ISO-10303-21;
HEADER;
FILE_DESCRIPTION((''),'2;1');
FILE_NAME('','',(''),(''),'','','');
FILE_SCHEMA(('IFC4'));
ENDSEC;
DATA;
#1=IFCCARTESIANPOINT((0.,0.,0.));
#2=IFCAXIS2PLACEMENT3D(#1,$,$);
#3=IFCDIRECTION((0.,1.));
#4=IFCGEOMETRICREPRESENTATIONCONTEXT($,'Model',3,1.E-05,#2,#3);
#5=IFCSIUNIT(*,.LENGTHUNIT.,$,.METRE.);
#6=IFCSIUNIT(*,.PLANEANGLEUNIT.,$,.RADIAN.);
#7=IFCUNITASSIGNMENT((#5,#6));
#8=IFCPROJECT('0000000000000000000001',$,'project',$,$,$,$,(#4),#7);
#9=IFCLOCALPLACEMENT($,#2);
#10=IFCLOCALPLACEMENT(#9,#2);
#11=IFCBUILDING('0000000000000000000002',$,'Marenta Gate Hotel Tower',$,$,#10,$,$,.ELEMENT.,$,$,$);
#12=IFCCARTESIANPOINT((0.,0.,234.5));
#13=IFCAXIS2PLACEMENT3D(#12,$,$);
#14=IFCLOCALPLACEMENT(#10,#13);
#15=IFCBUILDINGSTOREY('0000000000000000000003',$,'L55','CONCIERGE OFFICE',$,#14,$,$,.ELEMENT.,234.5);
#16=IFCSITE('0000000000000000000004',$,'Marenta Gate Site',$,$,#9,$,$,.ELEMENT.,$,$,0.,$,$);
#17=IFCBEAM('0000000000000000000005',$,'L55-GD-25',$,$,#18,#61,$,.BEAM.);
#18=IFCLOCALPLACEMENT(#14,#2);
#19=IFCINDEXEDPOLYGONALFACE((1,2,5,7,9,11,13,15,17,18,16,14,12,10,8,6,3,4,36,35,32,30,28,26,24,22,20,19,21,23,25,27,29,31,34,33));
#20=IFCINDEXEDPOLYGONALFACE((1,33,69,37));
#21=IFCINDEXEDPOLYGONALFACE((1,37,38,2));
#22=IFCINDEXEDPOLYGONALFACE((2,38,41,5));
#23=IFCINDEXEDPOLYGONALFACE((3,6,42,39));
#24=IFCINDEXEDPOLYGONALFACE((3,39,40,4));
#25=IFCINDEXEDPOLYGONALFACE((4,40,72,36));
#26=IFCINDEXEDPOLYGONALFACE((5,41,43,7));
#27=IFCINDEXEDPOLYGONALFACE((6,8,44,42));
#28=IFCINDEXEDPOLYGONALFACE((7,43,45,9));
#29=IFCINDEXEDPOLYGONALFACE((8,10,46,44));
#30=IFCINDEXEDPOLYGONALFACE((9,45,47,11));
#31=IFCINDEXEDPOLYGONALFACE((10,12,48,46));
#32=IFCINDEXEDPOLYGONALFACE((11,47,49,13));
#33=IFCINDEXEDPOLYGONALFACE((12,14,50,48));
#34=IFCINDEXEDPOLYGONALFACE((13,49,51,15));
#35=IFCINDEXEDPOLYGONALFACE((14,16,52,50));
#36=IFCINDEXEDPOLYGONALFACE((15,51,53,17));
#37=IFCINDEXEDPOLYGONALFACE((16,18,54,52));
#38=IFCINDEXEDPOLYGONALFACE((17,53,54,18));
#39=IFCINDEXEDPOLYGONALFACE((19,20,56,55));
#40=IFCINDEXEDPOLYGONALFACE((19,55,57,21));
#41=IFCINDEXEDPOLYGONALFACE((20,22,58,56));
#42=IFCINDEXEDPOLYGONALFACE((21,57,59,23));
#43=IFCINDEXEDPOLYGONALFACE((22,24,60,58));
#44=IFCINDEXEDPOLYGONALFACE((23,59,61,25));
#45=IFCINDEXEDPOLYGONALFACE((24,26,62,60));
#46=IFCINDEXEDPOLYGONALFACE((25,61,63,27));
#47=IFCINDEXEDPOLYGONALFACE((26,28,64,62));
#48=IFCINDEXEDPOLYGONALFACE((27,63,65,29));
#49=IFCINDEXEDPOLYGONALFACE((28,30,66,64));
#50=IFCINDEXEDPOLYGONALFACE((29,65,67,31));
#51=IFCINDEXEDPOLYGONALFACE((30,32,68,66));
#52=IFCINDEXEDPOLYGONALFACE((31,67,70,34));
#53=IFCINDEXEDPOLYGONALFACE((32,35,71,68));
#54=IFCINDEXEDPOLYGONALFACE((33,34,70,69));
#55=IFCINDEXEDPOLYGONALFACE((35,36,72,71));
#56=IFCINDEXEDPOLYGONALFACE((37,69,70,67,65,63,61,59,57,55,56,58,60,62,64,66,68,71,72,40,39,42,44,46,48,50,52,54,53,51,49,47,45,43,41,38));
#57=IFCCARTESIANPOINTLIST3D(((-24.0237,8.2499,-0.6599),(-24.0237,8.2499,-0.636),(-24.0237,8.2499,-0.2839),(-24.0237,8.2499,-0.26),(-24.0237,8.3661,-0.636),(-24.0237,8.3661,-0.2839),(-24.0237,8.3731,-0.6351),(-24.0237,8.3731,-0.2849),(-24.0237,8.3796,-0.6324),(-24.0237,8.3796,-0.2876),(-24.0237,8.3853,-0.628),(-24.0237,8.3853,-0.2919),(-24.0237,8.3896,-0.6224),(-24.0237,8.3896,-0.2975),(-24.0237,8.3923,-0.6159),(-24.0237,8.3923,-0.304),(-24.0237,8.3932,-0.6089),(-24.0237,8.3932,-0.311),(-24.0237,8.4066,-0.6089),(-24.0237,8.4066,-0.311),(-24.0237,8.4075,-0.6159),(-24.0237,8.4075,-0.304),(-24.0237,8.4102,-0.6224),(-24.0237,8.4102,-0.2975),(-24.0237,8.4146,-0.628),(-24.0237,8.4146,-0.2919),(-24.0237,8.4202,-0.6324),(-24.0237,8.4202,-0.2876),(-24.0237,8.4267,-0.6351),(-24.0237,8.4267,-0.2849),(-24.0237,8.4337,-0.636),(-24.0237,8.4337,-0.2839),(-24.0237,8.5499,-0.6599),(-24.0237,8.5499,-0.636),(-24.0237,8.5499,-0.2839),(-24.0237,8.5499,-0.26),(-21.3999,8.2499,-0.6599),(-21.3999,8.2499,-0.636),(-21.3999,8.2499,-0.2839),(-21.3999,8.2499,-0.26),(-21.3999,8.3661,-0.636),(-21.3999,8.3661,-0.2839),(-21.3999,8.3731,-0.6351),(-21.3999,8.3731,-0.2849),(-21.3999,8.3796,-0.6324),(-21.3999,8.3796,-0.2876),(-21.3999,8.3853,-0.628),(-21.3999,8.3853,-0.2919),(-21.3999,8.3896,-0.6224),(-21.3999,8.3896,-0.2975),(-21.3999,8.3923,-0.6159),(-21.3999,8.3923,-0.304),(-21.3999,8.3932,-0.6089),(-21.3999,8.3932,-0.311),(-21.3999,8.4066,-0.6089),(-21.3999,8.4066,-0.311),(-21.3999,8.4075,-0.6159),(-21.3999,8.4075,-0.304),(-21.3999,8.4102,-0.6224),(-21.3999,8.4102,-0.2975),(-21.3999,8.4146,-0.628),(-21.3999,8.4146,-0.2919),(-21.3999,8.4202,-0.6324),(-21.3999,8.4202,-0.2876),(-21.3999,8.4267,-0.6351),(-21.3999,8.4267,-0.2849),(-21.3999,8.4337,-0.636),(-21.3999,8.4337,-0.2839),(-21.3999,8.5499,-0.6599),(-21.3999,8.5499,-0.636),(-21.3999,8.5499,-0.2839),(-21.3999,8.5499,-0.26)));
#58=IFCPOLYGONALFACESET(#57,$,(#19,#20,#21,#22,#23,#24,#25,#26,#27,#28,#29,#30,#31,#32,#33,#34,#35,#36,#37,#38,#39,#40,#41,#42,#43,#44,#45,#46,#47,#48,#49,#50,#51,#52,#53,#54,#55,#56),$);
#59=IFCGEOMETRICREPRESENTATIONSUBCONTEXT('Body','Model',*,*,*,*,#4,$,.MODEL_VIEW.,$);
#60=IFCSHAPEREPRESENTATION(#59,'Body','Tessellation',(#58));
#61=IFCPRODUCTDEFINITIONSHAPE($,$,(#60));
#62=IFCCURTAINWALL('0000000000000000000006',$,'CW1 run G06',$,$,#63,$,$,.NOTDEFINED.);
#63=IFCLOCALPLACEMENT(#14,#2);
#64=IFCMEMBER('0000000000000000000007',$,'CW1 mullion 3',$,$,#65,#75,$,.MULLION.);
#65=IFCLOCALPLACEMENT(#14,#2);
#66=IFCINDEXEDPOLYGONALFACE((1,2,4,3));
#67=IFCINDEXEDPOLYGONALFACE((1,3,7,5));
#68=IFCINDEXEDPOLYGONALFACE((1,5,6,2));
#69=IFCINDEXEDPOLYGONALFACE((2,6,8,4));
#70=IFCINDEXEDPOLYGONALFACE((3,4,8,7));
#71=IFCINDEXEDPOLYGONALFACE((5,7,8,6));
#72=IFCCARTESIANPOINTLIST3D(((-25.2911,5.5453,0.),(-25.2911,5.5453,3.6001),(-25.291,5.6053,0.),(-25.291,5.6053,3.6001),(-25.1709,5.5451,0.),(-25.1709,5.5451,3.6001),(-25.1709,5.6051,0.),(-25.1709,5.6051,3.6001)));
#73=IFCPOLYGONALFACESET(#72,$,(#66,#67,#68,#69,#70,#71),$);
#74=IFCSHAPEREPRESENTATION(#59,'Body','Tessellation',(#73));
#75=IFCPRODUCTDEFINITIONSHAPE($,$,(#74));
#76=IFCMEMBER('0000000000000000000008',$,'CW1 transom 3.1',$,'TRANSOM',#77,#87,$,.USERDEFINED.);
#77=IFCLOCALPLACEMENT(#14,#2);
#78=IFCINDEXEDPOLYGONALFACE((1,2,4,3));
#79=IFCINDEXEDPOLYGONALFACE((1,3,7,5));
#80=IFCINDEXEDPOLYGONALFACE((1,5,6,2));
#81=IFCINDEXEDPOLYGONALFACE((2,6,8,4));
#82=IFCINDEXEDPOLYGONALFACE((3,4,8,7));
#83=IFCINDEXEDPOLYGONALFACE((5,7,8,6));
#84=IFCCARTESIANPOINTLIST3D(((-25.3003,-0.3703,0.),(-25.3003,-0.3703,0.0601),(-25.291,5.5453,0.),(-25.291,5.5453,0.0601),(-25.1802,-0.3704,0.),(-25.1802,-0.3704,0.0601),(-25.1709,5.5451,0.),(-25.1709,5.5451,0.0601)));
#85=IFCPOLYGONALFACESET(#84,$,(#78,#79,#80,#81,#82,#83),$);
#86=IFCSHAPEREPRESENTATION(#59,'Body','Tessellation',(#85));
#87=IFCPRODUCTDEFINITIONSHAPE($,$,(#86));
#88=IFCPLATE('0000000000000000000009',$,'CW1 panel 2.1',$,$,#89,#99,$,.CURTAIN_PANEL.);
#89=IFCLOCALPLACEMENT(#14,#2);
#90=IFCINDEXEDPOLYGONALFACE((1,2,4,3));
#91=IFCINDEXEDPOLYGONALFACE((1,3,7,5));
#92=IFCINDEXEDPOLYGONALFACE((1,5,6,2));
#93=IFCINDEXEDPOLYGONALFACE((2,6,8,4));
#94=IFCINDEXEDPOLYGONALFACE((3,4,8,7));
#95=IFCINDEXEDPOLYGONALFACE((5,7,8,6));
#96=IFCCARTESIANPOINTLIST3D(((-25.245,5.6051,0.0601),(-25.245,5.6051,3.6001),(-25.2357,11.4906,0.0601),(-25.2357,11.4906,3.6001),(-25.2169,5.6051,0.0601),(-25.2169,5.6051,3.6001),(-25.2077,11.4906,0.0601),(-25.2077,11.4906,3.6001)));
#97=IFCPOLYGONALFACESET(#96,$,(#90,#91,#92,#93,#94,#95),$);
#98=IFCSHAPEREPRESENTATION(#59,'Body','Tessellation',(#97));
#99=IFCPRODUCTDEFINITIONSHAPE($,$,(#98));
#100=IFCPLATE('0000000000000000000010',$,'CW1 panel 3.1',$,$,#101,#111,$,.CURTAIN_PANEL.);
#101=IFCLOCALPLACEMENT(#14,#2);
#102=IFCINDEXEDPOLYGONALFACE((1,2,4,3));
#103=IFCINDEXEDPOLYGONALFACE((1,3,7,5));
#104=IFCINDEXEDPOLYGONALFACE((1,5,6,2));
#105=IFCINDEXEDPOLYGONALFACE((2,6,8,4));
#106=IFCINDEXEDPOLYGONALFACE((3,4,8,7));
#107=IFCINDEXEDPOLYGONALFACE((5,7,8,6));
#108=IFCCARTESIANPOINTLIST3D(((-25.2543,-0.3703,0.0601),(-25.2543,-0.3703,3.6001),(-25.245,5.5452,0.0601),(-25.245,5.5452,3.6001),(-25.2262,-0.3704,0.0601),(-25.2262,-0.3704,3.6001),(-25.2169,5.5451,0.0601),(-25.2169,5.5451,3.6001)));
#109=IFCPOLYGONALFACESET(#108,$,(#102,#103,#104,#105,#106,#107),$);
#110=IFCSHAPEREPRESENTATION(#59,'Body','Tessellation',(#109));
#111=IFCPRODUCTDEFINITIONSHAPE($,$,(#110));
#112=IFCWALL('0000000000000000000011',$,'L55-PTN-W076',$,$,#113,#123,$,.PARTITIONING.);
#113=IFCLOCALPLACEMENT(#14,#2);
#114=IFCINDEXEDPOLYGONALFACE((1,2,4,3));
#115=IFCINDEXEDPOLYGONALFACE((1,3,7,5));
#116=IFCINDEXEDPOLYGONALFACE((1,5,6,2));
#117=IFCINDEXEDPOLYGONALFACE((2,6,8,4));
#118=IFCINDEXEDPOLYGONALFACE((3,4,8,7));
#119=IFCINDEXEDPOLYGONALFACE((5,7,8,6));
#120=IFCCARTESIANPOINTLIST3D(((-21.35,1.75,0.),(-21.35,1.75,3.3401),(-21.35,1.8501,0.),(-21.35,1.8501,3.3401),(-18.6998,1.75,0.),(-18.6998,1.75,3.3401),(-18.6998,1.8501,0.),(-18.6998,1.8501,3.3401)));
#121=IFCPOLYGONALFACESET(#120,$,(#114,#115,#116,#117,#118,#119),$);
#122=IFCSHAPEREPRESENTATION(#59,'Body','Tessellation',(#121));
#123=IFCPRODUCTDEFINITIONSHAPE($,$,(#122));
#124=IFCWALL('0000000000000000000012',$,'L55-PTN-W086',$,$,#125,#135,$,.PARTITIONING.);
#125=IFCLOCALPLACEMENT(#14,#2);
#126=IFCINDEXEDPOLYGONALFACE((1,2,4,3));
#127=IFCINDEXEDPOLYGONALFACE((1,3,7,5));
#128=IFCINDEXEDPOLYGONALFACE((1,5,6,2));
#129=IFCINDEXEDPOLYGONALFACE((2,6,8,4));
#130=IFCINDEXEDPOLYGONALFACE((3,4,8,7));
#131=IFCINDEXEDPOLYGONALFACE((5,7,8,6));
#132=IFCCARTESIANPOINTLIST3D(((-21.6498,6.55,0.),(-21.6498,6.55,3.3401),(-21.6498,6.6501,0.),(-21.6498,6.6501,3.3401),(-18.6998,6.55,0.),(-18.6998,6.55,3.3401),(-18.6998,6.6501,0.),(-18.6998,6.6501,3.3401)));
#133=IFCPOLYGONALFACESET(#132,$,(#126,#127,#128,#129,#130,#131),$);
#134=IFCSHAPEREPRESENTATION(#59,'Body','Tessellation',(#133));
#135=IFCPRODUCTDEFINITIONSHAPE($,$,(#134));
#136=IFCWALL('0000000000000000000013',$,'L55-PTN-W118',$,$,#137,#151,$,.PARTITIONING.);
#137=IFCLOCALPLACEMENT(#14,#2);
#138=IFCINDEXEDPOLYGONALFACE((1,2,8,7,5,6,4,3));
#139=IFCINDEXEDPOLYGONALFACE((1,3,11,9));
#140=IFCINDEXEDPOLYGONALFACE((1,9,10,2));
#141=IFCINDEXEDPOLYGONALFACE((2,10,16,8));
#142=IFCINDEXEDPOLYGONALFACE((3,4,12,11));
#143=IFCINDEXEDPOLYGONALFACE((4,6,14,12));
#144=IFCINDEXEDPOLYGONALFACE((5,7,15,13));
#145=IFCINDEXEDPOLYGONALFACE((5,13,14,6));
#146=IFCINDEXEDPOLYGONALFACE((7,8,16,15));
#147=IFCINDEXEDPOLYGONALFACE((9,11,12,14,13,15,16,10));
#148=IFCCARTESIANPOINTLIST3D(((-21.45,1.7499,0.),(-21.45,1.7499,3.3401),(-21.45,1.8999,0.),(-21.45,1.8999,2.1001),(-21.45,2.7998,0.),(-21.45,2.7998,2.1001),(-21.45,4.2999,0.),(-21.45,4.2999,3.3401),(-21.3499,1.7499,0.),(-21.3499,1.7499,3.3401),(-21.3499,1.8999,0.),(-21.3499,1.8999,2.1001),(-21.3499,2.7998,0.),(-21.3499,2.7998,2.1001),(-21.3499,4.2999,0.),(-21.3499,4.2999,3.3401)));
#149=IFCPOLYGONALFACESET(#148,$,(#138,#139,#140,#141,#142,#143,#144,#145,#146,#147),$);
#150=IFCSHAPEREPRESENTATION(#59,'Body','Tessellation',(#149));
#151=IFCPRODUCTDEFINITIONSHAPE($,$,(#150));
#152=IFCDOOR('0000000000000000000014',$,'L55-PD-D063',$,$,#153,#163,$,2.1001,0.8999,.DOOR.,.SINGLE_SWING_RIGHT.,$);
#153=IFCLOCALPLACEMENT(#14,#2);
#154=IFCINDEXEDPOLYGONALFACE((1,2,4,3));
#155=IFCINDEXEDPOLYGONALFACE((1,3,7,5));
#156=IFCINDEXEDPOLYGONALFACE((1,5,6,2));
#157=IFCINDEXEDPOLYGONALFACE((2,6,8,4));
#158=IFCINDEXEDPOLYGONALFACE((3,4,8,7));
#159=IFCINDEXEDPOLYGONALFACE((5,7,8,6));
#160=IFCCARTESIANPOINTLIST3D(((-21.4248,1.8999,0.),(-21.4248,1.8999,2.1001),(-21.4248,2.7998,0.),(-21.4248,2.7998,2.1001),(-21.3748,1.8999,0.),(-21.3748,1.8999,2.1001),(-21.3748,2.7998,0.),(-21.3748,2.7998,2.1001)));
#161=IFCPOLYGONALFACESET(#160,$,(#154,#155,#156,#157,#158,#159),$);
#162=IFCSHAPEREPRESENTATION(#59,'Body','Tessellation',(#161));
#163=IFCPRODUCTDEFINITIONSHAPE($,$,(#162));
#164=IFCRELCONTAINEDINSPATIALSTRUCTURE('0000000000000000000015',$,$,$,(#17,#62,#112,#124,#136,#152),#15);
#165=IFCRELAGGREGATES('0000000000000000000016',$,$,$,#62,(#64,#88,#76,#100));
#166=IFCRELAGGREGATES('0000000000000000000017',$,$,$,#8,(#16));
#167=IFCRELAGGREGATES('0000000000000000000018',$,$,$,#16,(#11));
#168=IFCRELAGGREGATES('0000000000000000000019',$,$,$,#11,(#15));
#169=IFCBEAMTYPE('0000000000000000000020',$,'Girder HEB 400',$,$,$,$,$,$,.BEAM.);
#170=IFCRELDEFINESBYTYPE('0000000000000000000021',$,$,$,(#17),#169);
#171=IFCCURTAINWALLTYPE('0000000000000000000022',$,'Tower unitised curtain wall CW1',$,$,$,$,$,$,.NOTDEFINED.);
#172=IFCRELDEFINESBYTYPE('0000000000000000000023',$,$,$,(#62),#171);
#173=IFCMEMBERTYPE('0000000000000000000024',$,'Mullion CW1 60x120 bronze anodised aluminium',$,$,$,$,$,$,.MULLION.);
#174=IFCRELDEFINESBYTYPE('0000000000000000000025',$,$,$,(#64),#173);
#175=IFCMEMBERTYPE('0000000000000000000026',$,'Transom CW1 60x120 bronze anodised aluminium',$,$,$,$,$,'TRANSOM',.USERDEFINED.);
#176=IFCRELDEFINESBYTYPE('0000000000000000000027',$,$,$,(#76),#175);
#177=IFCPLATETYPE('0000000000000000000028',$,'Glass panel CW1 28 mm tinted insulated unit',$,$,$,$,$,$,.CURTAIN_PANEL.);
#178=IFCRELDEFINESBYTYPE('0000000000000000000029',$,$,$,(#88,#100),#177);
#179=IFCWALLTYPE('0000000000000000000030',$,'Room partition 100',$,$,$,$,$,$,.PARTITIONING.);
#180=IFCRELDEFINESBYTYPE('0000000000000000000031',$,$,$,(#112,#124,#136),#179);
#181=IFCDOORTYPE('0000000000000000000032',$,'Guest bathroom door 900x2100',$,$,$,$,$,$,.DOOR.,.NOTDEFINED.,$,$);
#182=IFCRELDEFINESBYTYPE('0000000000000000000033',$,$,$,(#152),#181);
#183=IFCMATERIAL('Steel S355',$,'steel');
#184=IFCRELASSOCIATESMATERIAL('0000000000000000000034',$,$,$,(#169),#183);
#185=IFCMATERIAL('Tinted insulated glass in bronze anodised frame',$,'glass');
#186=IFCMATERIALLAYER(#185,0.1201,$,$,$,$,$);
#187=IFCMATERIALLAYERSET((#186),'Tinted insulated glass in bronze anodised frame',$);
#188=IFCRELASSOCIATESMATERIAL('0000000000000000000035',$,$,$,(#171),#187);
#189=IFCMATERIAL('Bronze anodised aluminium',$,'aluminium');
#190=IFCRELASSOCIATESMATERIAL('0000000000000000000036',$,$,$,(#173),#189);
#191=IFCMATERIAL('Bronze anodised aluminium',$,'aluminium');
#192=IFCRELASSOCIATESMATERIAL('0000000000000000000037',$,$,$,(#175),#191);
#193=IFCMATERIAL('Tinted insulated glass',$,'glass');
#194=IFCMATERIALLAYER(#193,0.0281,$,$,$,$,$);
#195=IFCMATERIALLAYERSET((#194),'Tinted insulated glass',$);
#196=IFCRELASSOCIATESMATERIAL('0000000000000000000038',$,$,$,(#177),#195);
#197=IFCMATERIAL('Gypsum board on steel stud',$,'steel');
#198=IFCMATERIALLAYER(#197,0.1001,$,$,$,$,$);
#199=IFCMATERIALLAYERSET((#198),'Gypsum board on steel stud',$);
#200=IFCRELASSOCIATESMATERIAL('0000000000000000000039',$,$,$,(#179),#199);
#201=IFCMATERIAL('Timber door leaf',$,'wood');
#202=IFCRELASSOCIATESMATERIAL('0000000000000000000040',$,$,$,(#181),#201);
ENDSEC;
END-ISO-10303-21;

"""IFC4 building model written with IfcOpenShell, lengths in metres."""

from ifc_helpers import new_model, si_unit, direction, frame, frame_2d, origin, origin_2d, place, context, subcontext, project, spatial, rectangle, i_section, extrude, material, layer, layer_set, material_profile, profile_set, type_object, element, fill, aggregate, save


model = new_model("IFC4")

# Units and contexts
model_context = context("Model", 3, precision=1e-05, world=origin(), true_north=direction((0.0, 1.0)))
body_context = subcontext(model_context, "Body", "Model", "MODEL_VIEW")
ifc_project = project(units=[si_unit("LENGTHUNIT", "METRE"), si_unit("PLANEANGLEUNIT", "RADIAN")], contexts=[model_context])

# Site, building, storey
site_placement = place(None, origin())
site = spatial("IfcSite", under=ifc_project, at=site_placement, Name="Marenta Gate Site", CompositionType="ELEMENT", RefElevation=0.0)
building_placement = place(site_placement, origin())
building = spatial("IfcBuilding", under=site, at=building_placement, Name="Marenta Gate Hotel Tower", CompositionType="ELEMENT")
storey_placement = place(building_placement, frame((0.0, 0.0, 234.5)))
storey = spatial("IfcBuildingStorey", under=building, at=storey_placement, Name="L55", Description="CONCIERGE OFFICE", CompositionType="ELEMENT", Elevation=234.5)

# Beam
ifc_material_1 = material(Name="Steel S355", Category="steel")
ifc_material_profile_1 = material_profile(ifc_material_1, i_section(OverallWidth=0.3, OverallDepth=0.3999, WebThickness=0.0134, FlangeThickness=0.0239, FilletRadius=0.0271, at=origin_2d()), Name="HEB 400")
ifc_profile_set_1 = profile_set([ifc_material_profile_1], Name="Steel S355")
beam_type_1 = type_object("IfcBeamType", Name="Girder HEB 400", PredefinedType="BEAM", material=ifc_profile_set_1)
beam_1_placement = place(storey_placement, frame((-24.0237, 8.3999, -0.46), z_axis=(1.0, 0.0, 0.0), x_axis=(0.0, 1.0, 0.0)))
element("IfcBeam", 1, at=beam_1_placement, inside=storey, type_object=beam_type_1, Name="L55-GD-25", PredefinedType="BEAM", context=body_context, shape_type="SweptSolid", body=[
    extrude(i_section(OverallWidth=0.3, OverallDepth=0.3999, WebThickness=0.0134, FlangeThickness=0.0239, FilletRadius=0.0271, at=origin_2d()), origin(), (0.0, 0.0, 1.0), 2.6238),
])

# Curtain wall, members, plates
ifc_material_2 = material(Name="Tinted insulated glass in bronze anodised frame", Category="glass")
ifc_layer_1 = layer(ifc_material_2, 0.1201)
ifc_layer_set_1 = layer_set([ifc_layer_1], Name="Tinted insulated glass in bronze anodised frame")
curtain_wall_type = type_object("IfcCurtainWallType", Name="Tower unitised curtain wall CW1", PredefinedType="NOTDEFINED", material=ifc_layer_set_1)
curtain_wall_placement = place(storey_placement, origin())
curtain_wall = element("IfcCurtainWall", 2, at=curtain_wall_placement, inside=storey, type_object=curtain_wall_type, Name="CW1 run G06", PredefinedType="NOTDEFINED")
ifc_material_3 = material(Name="Bronze anodised aluminium", Category="aluminium")
ifc_material_profile_2 = material_profile(ifc_material_3, rectangle(XDim=0.1201, YDim=0.0601, at=origin_2d()), Name="Mullion CW1 60x120 bronze anodised aluminium")
ifc_profile_set_2 = profile_set([ifc_material_profile_2], Name="Bronze anodised aluminium")
member_type_1 = type_object("IfcMemberType", Name="Mullion CW1 60x120 bronze anodised aluminium", PredefinedType="MULLION", material=ifc_profile_set_2)
member_1_placement = place(storey_placement, frame((-25.231, 5.5752, 0.0), z_axis=(0.0, 0.0, 1.0), x_axis=(0.999999, -0.00157, 0.0)))
member_1 = element("IfcMember", 3, at=member_1_placement, type_object=member_type_1, Name="CW1 mullion 3", PredefinedType="MULLION", context=body_context, shape_type="SweptSolid", body=[
    extrude(rectangle(XDim=0.1201, YDim=0.0601, at=origin_2d()), origin(), (0.0, 0.0, 1.0), 3.6001),
])
ifc_material_4 = material(Name="Bronze anodised aluminium", Category="aluminium")
ifc_material_profile_3 = material_profile(ifc_material_4, rectangle(XDim=0.1201, YDim=0.0601, at=origin_2d()), Name="Transom CW1 60x120 bronze anodised aluminium")
ifc_profile_set_3 = profile_set([ifc_material_profile_3], Name="Bronze anodised aluminium")
member_type_2 = type_object("IfcMemberType", Name="Transom CW1 60x120 bronze anodised aluminium", ElementType="TRANSOM", PredefinedType="USERDEFINED", material=ifc_profile_set_3)
member_2_placement = place(storey_placement, frame((-25.231, 5.5452, 0.03), z_axis=(-0.001568, -0.999999, 0.0), x_axis=(0.999999, -0.001568, 0.0)))
member_2 = element("IfcMember", 4, at=member_2_placement, type_object=member_type_2, Name="CW1 transom 3.1", ObjectType="TRANSOM", PredefinedType="USERDEFINED", context=body_context, shape_type="SweptSolid", body=[
    extrude(rectangle(XDim=0.1201, YDim=0.0601, at=origin_2d()), origin(), (0.0, 0.0, 1.0), 5.9155),
])
ifc_material_5 = material(Name="Tinted insulated glass", Category="glass")
ifc_layer_2 = layer(ifc_material_5, 0.0281)
ifc_layer_set_2 = layer_set([ifc_layer_2], Name="Tinted insulated glass")
plate_type = type_object("IfcPlateType", Name="Glass panel CW1 28 mm tinted insulated unit", PredefinedType="CURTAIN_PANEL", material=ifc_layer_set_2)
plate_1_placement = place(storey_placement, frame((-25.2263, 8.5479, 0.0601), z_axis=(0.0, 0.0, 1.0), x_axis=(-0.00157, -0.999999, 0.0)))
plate_1 = element("IfcPlate", 5, at=plate_1_placement, type_object=plate_type, Name="CW1 panel 2.1", PredefinedType="CURTAIN_PANEL", context=body_context, shape_type="SweptSolid", body=[
    extrude(rectangle(XDim=5.8855, YDim=0.0281, at=origin_2d()), origin(), (0.0, 0.0, 1.0), 3.54),
])
plate_2_placement = place(storey_placement, frame((-25.2356, 2.5874, 0.0601), z_axis=(0.0, 0.0, 1.0), x_axis=(-0.00157, -0.999999, 0.0)))
plate_2 = element("IfcPlate", 6, at=plate_2_placement, type_object=plate_type, Name="CW1 panel 3.1", PredefinedType="CURTAIN_PANEL", context=body_context, shape_type="SweptSolid", body=[
    extrude(rectangle(XDim=5.9155, YDim=0.0281, at=origin_2d()), origin(), (0.0, 0.0, 1.0), 3.54),
])
aggregate(curtain_wall, [member_1, plate_1, member_2, plate_2])

# Walls
ifc_material_6 = material(Name="Gypsum board on steel stud", Category="steel")
ifc_layer_3 = layer(ifc_material_6, 0.1001)
ifc_layer_set_3 = layer_set([ifc_layer_3], Name="Gypsum board on steel stud")
wall_type_1 = type_object("IfcWallType", Name="Room partition 100", PredefinedType="PARTITIONING", material=ifc_layer_set_3)
wall_1_placement = place(storey_placement, frame((-21.3501, 1.8, 0.0), z_axis=(0.0, 0.0, 1.0), x_axis=(1.0, 0.0, 0.0)))
element("IfcWall", 7, at=wall_1_placement, inside=storey, type_object=wall_type_1, Name="L55-PTN-W076", PredefinedType="PARTITIONING", context=body_context, shape_type="SweptSolid", body=[
    extrude(rectangle(XDim=2.6501, YDim=0.1001, at=frame_2d((1.3252, 0.0))), origin(), (0.0, 0.0, 1.0), 3.3401),
])
wall_2_placement = place(storey_placement, frame((-21.6499, 6.6001, 0.0), z_axis=(0.0, 0.0, 1.0), x_axis=(1.0, 0.0, 0.0)))
element("IfcWall", 8, at=wall_2_placement, inside=storey, type_object=wall_type_1, Name="L55-PTN-W086", PredefinedType="PARTITIONING", context=body_context, shape_type="SweptSolid", body=[
    extrude(rectangle(XDim=2.95, YDim=0.1001, at=frame_2d((1.4751, 0.0))), origin(), (0.0, 0.0, 1.0), 3.3401),
])

# Wall, opening, door
wall_3_placement = place(storey_placement, frame((-21.3999, 1.75, 0.0), z_axis=(0.0, 0.0, 1.0), x_axis=(0.0, 1.0, 0.0)))
wall_3 = element("IfcWall", 9, at=wall_3_placement, inside=storey, type_object=wall_type_1, Name="L55-PTN-W118", PredefinedType="PARTITIONING", context=body_context, shape_type="SweptSolid", body=[
    extrude(rectangle(XDim=2.55, YDim=0.1001, at=frame_2d((1.2749, 0.0))), origin(), (0.0, 0.0, 1.0), 3.3401),
])
opening_1_placement = place(wall_3_placement, frame((0.1499, 0.0, 0.0)))
opening_1 = element("IfcOpeningElement", 10, at=opening_1_placement, cuts=wall_3, PredefinedType="OPENING", context=body_context, shape_type="SweptSolid", body=[
    extrude(rectangle(XDim=0.8999, YDim=2.1001, at=frame_2d((0.45, 1.05))), frame((0.0, 0.05, 0.0), z_axis=(0.0, -1.0, 0.0), x_axis=(1.0, 0.0, 0.0)), (0.0, 0.0, 1.0), 0.1001),
])
ifc_material_7 = material(Name="Timber door leaf", Category="wood")
door_type = type_object("IfcDoorType", Name="Guest bathroom door 900x2100", OperationType="NOTDEFINED", PredefinedType="DOOR", material=ifc_material_7)
door_1_placement = place(opening_1_placement, origin())
door_1 = element("IfcDoor", 11, at=door_1_placement, inside=storey, type_object=door_type, Name="L55-PD-D063", OperationType="SINGLE_SWING_RIGHT", OverallHeight=2.1001, OverallWidth=0.8999, PredefinedType="DOOR", context=body_context, shape_type="SweptSolid", body=[
    extrude(rectangle(XDim=0.8999, YDim=2.1001, at=frame_2d((0.45, 1.05))), frame((0.0, 0.0249, 0.0), z_axis=(0.0, -1.0, 0.0), x_axis=(1.0, 0.0, 0.0)), (0.0, 0.0, 1.0), 0.05),
])
fill(opening_1, door_1)

save(model, "model.ifc")
